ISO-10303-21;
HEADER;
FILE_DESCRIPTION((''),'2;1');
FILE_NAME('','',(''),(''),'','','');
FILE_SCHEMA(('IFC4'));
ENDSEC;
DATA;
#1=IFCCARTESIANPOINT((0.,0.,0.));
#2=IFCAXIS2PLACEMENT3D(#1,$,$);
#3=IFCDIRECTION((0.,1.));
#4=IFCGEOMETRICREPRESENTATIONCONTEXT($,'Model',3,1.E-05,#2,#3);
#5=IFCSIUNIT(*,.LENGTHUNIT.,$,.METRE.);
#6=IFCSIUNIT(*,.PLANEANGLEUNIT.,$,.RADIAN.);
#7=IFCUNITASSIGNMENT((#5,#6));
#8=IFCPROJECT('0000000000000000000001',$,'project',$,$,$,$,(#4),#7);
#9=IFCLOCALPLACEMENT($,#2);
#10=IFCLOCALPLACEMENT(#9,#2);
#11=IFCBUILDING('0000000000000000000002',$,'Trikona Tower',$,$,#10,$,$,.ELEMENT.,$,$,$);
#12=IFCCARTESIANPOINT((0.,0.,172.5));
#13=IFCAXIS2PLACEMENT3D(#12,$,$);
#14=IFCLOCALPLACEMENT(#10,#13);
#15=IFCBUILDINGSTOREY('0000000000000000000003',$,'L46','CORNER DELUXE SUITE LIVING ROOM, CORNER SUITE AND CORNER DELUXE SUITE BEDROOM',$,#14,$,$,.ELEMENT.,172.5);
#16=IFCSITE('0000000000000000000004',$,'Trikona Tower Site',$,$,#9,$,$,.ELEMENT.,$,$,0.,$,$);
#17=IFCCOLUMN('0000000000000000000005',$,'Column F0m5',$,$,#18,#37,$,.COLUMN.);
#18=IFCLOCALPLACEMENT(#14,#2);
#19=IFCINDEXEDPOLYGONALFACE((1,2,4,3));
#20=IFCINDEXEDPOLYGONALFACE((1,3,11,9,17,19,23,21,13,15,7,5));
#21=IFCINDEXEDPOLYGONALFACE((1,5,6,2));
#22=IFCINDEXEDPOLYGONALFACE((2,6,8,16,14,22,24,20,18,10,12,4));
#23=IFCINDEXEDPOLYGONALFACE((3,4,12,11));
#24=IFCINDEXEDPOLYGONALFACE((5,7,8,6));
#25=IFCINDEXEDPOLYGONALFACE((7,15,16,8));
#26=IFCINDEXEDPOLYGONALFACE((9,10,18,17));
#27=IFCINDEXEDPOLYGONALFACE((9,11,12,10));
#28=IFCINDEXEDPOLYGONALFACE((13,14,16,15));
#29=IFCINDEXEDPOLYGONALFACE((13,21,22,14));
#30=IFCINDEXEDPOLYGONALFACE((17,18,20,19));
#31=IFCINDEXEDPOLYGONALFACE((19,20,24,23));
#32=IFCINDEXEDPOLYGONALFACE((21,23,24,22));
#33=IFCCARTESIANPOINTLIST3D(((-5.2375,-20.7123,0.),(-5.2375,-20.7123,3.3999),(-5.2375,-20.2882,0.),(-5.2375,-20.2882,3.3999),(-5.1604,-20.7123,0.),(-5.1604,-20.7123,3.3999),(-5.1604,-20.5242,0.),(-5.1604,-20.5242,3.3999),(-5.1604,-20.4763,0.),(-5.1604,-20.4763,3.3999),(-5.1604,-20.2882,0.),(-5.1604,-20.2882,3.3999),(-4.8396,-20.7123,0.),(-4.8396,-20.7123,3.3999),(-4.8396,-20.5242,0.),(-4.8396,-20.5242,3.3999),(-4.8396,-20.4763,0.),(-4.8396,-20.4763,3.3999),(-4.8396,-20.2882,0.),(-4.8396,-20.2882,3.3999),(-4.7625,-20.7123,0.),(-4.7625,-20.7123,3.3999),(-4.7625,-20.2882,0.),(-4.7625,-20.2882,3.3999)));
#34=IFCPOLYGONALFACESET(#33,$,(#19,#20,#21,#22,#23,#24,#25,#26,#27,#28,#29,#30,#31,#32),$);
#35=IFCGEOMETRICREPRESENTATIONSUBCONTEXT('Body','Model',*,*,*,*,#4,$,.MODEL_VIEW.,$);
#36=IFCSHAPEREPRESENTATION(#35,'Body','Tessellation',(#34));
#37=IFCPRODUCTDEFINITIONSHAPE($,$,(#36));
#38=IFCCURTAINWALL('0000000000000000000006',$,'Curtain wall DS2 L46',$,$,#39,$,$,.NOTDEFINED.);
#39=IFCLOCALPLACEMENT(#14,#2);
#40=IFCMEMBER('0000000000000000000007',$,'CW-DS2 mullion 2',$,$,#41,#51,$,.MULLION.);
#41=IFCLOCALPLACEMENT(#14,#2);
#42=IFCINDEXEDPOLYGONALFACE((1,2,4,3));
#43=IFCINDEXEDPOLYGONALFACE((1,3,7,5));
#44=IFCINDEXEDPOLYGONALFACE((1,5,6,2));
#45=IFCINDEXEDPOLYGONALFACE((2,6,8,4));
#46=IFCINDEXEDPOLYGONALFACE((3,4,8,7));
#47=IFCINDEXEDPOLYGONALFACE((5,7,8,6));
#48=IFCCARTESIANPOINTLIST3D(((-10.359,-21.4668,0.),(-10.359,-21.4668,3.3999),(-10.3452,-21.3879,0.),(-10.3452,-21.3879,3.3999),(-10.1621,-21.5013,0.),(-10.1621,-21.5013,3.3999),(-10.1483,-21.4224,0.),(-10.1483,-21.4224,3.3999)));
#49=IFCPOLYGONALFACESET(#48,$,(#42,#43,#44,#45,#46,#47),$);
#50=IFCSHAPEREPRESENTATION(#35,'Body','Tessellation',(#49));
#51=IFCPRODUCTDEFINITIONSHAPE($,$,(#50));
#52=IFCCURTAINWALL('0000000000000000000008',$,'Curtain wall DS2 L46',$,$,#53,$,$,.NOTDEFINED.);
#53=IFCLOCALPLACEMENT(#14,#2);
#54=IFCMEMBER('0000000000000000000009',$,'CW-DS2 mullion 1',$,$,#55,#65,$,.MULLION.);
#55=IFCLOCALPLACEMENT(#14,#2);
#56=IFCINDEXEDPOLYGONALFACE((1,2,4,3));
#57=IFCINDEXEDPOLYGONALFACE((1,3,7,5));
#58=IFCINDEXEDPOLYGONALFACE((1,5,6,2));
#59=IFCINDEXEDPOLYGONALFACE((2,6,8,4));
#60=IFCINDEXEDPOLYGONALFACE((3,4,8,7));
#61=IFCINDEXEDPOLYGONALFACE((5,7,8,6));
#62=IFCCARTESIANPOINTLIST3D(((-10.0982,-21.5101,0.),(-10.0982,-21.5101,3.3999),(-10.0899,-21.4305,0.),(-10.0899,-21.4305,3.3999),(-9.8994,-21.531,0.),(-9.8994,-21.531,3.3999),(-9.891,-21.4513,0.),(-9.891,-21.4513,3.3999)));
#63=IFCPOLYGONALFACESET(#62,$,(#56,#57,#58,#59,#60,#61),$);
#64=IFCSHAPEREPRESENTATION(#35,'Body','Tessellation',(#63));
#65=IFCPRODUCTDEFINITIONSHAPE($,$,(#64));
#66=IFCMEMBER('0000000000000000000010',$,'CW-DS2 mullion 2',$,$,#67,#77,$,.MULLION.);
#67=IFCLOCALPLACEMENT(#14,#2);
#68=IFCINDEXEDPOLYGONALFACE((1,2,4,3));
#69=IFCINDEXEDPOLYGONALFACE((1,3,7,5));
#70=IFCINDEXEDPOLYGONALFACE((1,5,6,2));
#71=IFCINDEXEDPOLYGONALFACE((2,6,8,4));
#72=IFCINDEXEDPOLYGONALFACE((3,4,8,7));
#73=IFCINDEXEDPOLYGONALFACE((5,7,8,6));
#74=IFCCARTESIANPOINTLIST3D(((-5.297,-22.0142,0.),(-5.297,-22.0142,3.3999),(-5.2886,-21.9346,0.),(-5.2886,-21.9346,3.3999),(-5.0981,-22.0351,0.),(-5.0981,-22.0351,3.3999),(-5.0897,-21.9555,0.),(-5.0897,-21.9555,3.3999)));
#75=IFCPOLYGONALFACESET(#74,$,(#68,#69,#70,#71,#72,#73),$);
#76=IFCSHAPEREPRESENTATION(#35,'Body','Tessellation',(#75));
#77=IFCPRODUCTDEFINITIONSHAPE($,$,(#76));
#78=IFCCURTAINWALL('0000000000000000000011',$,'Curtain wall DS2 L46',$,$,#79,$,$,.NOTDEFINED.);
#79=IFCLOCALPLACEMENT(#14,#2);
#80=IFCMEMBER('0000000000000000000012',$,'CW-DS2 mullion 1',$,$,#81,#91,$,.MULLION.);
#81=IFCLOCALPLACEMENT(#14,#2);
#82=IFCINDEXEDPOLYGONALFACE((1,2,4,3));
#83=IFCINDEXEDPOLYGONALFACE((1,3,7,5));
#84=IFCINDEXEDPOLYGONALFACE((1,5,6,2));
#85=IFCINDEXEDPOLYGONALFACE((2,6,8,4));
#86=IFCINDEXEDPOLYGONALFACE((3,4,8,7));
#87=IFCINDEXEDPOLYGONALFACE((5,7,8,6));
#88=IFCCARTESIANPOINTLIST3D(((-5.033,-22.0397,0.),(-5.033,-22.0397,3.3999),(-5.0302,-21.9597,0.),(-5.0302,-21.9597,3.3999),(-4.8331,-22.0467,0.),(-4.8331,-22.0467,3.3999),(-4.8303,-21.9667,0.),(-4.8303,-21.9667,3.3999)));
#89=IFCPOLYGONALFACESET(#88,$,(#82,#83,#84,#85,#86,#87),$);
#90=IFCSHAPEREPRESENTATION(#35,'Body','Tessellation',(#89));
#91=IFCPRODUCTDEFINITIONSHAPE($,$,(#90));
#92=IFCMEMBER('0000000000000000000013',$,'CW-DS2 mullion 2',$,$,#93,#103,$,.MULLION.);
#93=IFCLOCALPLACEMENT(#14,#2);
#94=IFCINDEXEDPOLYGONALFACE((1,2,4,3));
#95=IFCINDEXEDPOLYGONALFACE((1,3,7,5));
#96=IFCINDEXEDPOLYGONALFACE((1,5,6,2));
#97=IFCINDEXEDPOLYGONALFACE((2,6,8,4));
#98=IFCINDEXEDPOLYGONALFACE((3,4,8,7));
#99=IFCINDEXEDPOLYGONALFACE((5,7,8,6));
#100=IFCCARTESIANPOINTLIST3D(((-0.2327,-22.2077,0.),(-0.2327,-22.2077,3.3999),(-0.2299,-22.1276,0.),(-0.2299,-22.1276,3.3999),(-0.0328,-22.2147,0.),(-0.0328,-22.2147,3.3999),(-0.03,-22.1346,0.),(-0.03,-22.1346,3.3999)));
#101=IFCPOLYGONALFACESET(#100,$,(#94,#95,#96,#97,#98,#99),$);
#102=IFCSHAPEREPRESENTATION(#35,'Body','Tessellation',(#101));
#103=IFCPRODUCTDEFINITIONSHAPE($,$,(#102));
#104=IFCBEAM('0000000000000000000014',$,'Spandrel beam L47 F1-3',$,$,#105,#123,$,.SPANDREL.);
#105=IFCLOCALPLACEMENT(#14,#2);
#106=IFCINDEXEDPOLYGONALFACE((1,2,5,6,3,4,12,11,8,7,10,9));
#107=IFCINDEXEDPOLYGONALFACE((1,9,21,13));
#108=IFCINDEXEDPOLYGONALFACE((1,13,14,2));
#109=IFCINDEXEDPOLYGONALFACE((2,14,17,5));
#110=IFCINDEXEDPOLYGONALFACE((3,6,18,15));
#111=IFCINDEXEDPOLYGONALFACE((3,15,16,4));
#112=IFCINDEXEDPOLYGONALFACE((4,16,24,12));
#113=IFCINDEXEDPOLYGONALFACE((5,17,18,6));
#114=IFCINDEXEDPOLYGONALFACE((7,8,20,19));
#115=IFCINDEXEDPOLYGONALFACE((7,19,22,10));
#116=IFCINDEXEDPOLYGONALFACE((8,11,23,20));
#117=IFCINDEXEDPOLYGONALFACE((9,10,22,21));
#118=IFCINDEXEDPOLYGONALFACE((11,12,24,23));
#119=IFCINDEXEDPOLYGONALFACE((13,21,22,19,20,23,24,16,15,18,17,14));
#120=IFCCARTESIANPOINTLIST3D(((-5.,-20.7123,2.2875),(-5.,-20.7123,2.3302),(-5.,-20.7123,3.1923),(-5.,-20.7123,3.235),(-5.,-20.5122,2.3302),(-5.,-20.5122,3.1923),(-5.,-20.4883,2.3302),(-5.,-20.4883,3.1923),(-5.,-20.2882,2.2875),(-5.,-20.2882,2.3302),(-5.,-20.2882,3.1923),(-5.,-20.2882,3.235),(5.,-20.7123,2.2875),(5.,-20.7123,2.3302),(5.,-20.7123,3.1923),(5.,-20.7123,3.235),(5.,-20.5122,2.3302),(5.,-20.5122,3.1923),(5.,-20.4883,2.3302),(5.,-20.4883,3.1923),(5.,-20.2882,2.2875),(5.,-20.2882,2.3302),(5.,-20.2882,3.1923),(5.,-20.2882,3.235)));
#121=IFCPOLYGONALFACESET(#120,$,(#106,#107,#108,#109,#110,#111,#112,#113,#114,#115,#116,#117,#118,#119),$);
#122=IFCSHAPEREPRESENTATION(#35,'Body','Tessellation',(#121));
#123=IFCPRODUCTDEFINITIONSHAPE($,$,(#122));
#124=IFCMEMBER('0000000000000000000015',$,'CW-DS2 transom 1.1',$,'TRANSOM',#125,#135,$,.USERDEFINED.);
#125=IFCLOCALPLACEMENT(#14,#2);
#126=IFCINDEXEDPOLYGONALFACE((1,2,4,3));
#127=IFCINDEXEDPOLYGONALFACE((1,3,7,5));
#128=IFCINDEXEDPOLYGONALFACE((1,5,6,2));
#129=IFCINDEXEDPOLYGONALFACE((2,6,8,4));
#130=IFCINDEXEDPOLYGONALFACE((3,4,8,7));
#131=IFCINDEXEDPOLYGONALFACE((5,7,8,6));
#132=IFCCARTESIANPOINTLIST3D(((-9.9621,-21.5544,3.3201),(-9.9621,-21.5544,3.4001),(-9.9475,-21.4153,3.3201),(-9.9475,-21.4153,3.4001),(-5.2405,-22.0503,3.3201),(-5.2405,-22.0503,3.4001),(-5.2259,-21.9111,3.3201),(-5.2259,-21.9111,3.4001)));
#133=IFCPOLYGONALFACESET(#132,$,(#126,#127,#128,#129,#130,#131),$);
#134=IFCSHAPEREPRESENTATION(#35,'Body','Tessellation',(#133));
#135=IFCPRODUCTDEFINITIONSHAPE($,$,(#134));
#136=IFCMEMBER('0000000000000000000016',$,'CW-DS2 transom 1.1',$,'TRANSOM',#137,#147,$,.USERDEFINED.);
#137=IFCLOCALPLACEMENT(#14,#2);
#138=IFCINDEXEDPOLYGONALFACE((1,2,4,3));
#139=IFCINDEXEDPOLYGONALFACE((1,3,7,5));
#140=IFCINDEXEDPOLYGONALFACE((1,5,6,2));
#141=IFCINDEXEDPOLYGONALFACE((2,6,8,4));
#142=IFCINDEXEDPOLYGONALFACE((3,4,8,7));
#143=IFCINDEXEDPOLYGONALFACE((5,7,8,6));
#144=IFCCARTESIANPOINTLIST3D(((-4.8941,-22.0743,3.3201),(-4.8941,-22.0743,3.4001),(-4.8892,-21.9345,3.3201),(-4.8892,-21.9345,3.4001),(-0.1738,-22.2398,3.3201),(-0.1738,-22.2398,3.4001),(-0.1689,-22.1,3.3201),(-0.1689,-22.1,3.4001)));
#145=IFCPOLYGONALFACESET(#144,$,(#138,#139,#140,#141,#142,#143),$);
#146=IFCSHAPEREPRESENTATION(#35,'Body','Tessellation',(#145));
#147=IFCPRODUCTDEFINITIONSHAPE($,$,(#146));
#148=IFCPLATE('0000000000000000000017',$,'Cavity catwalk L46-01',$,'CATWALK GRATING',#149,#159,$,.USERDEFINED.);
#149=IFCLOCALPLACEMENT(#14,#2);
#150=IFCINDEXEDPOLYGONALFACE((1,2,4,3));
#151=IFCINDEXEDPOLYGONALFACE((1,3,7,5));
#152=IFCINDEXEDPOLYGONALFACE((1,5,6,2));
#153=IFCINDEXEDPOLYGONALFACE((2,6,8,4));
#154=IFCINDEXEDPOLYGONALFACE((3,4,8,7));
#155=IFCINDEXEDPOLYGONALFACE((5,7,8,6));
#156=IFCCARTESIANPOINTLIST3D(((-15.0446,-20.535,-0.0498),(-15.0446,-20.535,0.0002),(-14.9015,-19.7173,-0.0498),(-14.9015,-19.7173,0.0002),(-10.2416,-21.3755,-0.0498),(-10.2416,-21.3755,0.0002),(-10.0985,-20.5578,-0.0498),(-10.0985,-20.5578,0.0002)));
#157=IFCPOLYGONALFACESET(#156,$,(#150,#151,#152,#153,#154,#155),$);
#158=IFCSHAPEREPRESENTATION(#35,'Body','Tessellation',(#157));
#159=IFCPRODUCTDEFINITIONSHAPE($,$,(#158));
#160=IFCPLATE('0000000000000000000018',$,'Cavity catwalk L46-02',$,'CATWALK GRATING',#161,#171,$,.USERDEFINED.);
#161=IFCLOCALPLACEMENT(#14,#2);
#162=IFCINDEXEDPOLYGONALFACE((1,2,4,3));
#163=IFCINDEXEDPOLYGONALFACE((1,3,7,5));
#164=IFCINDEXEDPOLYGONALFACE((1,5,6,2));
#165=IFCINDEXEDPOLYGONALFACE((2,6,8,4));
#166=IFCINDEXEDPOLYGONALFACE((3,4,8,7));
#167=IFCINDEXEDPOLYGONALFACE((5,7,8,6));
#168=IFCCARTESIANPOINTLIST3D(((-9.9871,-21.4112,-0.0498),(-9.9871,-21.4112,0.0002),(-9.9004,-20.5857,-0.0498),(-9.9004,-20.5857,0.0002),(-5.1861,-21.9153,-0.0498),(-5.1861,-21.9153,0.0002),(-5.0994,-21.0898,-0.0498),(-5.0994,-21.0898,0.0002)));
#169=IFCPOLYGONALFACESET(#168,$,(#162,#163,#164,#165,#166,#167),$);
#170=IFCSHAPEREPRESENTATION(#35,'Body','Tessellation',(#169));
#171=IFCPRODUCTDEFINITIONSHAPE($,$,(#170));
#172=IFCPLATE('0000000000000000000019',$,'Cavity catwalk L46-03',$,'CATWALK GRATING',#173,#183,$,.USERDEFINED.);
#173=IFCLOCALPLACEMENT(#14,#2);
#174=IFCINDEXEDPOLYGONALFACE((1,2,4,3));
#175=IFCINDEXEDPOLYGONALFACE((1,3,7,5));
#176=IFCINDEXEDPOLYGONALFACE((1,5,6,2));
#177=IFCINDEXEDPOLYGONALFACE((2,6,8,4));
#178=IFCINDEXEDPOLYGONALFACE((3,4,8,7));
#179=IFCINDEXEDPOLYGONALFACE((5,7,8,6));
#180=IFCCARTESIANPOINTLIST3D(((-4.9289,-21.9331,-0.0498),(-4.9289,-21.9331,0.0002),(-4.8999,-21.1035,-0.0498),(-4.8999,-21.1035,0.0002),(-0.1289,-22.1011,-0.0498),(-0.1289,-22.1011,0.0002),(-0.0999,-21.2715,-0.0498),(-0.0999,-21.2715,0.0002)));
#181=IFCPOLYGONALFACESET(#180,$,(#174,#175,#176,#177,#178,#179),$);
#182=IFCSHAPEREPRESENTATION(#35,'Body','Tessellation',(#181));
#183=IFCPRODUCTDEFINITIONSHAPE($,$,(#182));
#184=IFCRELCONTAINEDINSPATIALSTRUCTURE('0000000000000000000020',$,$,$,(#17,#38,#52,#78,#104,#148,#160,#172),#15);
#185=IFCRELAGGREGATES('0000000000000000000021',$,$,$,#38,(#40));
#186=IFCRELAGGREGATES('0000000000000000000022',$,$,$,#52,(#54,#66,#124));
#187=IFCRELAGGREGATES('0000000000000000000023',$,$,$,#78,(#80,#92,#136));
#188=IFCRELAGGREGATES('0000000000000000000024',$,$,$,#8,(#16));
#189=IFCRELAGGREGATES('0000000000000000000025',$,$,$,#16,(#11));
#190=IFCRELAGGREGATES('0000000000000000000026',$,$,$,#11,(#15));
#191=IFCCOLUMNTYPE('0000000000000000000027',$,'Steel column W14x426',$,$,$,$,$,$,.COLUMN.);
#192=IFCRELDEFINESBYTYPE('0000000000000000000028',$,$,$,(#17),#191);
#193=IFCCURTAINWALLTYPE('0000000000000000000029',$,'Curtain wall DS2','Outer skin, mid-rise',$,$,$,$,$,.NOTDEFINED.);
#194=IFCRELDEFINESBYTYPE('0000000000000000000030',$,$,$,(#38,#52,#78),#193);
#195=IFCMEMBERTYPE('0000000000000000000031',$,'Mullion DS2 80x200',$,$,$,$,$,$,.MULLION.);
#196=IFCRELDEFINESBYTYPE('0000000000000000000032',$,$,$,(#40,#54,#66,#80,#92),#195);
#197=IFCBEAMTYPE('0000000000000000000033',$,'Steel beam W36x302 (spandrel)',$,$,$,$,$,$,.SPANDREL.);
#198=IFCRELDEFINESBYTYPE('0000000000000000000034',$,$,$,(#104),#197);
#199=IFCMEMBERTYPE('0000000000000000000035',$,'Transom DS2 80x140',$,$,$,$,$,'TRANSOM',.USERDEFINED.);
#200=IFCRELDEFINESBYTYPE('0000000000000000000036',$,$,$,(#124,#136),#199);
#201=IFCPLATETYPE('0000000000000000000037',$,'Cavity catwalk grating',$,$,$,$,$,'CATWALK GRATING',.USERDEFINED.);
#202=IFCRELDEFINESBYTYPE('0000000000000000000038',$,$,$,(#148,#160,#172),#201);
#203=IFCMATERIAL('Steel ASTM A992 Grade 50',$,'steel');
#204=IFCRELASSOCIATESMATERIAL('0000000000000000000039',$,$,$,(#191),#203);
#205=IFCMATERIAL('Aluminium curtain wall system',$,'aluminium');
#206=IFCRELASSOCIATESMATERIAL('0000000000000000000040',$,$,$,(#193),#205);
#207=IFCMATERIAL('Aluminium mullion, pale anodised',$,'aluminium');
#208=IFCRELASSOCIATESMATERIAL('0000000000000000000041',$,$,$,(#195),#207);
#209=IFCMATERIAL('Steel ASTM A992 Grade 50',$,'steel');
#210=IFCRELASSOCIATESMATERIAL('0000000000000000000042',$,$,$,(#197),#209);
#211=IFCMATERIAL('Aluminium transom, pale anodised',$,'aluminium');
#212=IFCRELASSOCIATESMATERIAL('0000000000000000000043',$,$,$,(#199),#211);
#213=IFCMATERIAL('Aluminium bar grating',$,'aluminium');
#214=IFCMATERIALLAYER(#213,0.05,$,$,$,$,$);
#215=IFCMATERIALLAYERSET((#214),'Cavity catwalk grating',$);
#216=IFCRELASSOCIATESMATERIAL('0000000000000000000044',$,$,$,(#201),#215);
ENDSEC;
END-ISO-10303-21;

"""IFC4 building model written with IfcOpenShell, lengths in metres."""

from ifc_helpers import new_model, si_unit, direction, frame, origin, origin_2d, place, context, subcontext, project, spatial, rectangle, i_section, extrude, material, layer, layer_set, material_profile, profile_set, type_object, element, aggregate, save


model = new_model("IFC4")

# Units and contexts
model_context = context("Model", 3, precision=1e-05, world=origin(), true_north=direction((0.0, 1.0)))
body_context = subcontext(model_context, "Body", "Model", "MODEL_VIEW")
ifc_project = project(units=[si_unit("LENGTHUNIT", "METRE"), si_unit("PLANEANGLEUNIT", "RADIAN")], contexts=[model_context])

# Site, building, storey
site_placement = place(None, origin())
site = spatial("IfcSite", under=ifc_project, at=site_placement, Name="Trikona Tower Site", CompositionType="ELEMENT", RefElevation=0.0)
building_placement = place(site_placement, origin())
building = spatial("IfcBuilding", under=site, at=building_placement, Name="Trikona Tower", CompositionType="ELEMENT")
storey_placement = place(building_placement, frame((0.0, 0.0, 172.5)))
storey = spatial("IfcBuildingStorey", under=building, at=storey_placement, Name="L46", Description="CORNER DELUXE SUITE LIVING ROOM, CORNER SUITE AND CORNER DELUXE SUITE BEDROOM", CompositionType="ELEMENT", Elevation=172.5)

# Column
ifc_material_1 = material(Name="Steel ASTM A992 Grade 50", Category="steel")
ifc_material_profile_1 = material_profile(ifc_material_1, i_section(OverallWidth=0.4241, OverallDepth=0.4751, WebThickness=0.0479, FlangeThickness=0.0771, at=origin_2d()), Name="W14X426")
ifc_profile_set_1 = profile_set([ifc_material_profile_1], Name="Steel ASTM A992 Grade 50")
column_type = type_object("IfcColumnType", Name="Steel column W14x426", PredefinedType="COLUMN", material=ifc_profile_set_1)
column_placement = place(storey_placement, frame((-5.0, -20.5002, 0.0), z_axis=(0.0, 0.0, 1.0), x_axis=(0.0, -1.0, 0.0)))
element("IfcColumn", 1, at=column_placement, inside=storey, type_object=column_type, Name="Column F0m5", PredefinedType="COLUMN", context=body_context, shape_type="SweptSolid", body=[
    extrude(i_section(OverallWidth=0.4241, OverallDepth=0.4751, WebThickness=0.0479, FlangeThickness=0.0771, at=origin_2d()), origin(), (0.0, 0.0, 1.0), 3.3999),
])

# Curtain wall, member
ifc_material_2 = material(Name="Aluminium curtain wall system", Category="aluminium")
curtain_wall_type = type_object("IfcCurtainWallType", Name="Curtain wall DS2", Description="Outer skin, mid-rise", PredefinedType="NOTDEFINED", material=ifc_material_2)
curtain_wall_1_placement = place(storey_placement, origin())
curtain_wall_1 = element("IfcCurtainWall", 2, at=curtain_wall_1_placement, inside=storey, type_object=curtain_wall_type, Name="Curtain wall DS2 L46", PredefinedType="NOTDEFINED")
ifc_material_3 = material(Name="Aluminium mullion, pale anodised", Category="aluminium")
ifc_material_profile_2 = material_profile(ifc_material_3, rectangle(XDim=0.0801, YDim=0.2, at=origin_2d()), Name="MUL-DS2")
ifc_profile_set_2 = profile_set([ifc_material_profile_2], Name="Aluminium mullion, pale anodised")
member_type_1 = type_object("IfcMemberType", Name="Mullion DS2 80x200", PredefinedType="MULLION", material=ifc_profile_set_2)
member_1_placement = place(storey_placement, frame((-10.2537, -21.4446, 0.0), z_axis=(0.0, 0.0, 1.0), x_axis=(0.172377, 0.985031, 0.0)))
member_1 = element("IfcMember", 3, at=member_1_placement, type_object=member_type_1, Name="CW-DS2 mullion 2", PredefinedType="MULLION", context=body_context, shape_type="SweptSolid", body=[
    extrude(rectangle(XDim=0.0801, YDim=0.2, at=origin_2d()), origin(), (0.0, 0.0, 1.0), 3.3999),
])

# Curtain walls, members
curtain_wall_2_placement = place(storey_placement, origin())
curtain_wall_2 = element("IfcCurtainWall", 4, at=curtain_wall_2_placement, inside=storey, type_object=curtain_wall_type, Name="Curtain wall DS2 L46", PredefinedType="NOTDEFINED")
member_2_placement = place(storey_placement, frame((-9.9946, -21.4807, 0.0), z_axis=(0.0, 0.0, 1.0), x_axis=(0.104433, 0.994532, 0.0)))
member_2 = element("IfcMember", 5, at=member_2_placement, type_object=member_type_1, Name="CW-DS2 mullion 1", PredefinedType="MULLION", context=body_context, shape_type="SweptSolid", body=[
    extrude(rectangle(XDim=0.0801, YDim=0.2, at=origin_2d()), origin(), (0.0, 0.0, 1.0), 3.3999),
])
member_3_placement = place(storey_placement, frame((-5.1934, -21.9849, 0.0), z_axis=(0.0, 0.0, 1.0), x_axis=(0.104433, 0.994532, 0.0)))
member_3 = element("IfcMember", 6, at=member_3_placement, type_object=member_type_1, Name="CW-DS2 mullion 2", PredefinedType="MULLION", context=body_context, shape_type="SweptSolid", body=[
    extrude(rectangle(XDim=0.0801, YDim=0.2, at=origin_2d()), origin(), (0.0, 0.0, 1.0), 3.3999),
])
curtain_wall_3_placement = place(storey_placement, origin())
curtain_wall_3 = element("IfcCurtainWall", 7, at=curtain_wall_3_placement, inside=storey, type_object=curtain_wall_type, Name="Curtain wall DS2 L46", PredefinedType="NOTDEFINED")
member_4_placement = place(storey_placement, frame((-4.9316, -22.0032, 0.0), z_axis=(0.0, 0.0, 1.0), x_axis=(0.034998, 0.999387, 0.0)))
member_4 = element("IfcMember", 8, at=member_4_placement, type_object=member_type_1, Name="CW-DS2 mullion 1", PredefinedType="MULLION", context=body_context, shape_type="SweptSolid", body=[
    extrude(rectangle(XDim=0.0801, YDim=0.2, at=origin_2d()), origin(), (0.0, 0.0, 1.0), 3.3999),
])
member_5_placement = place(storey_placement, frame((-0.1313, -22.1711, 0.0), z_axis=(0.0, 0.0, 1.0), x_axis=(0.034998, 0.999387, 0.0)))
member_5 = element("IfcMember", 9, at=member_5_placement, type_object=member_type_1, Name="CW-DS2 mullion 2", PredefinedType="MULLION", context=body_context, shape_type="SweptSolid", body=[
    extrude(rectangle(XDim=0.0801, YDim=0.2, at=origin_2d()), origin(), (0.0, 0.0, 1.0), 3.3999),
])

# Beam
ifc_material_4 = material(Name="Steel ASTM A992 Grade 50", Category="steel")
ifc_material_profile_3 = material_profile(ifc_material_4, i_section(OverallWidth=0.4241, OverallDepth=0.9475, WebThickness=0.0239, FlangeThickness=0.0427, at=origin_2d()), Name="W36X302")
ifc_profile_set_3 = profile_set([ifc_material_profile_3], Name="Steel ASTM A992 Grade 50")
beam_type = type_object("IfcBeamType", Name="Steel beam W36x302 (spandrel)", PredefinedType="SPANDREL", material=ifc_profile_set_3)
beam_placement = place(storey_placement, frame((-5.0, -20.5002, 2.7612), z_axis=(1.0, 0.0, 0.0), x_axis=(0.0, 1.0, 0.0)))
element("IfcBeam", 10, at=beam_placement, inside=storey, type_object=beam_type, Name="Spandrel beam L47 F1-3", PredefinedType="SPANDREL", context=body_context, shape_type="SweptSolid", body=[
    extrude(i_section(OverallWidth=0.4241, OverallDepth=0.9475, WebThickness=0.0239, FlangeThickness=0.0427, at=origin_2d()), origin(), (0.0, 0.0, 1.0), 10.0),
])

# Members
ifc_material_5 = material(Name="Aluminium transom, pale anodised", Category="aluminium")
ifc_material_profile_4 = material_profile(ifc_material_5, rectangle(XDim=0.1399, YDim=0.0801, at=origin_2d()), Name="TRN-DS2")
ifc_profile_set_4 = profile_set([ifc_material_profile_4], Name="Aluminium transom, pale anodised")
member_type_2 = type_object("IfcMemberType", Name="Transom DS2 80x140", ElementType="TRANSOM", PredefinedType="USERDEFINED", material=ifc_profile_set_4)
member_6_placement = place(storey_placement, frame((-9.9548, -21.4849, 3.3601), z_axis=(0.994531, -0.104441, 0.0), x_axis=(0.104441, 0.994531, 0.0)))
member_6 = element("IfcMember", 11, at=member_6_placement, type_object=member_type_2, Name="CW-DS2 transom 1.1", ObjectType="TRANSOM", PredefinedType="USERDEFINED", context=body_context, shape_type="SweptSolid", body=[
    extrude(rectangle(XDim=0.1399, YDim=0.0801, at=origin_2d()), origin(), (0.0, 0.0, 1.0), 4.7476),
])
member_7_placement = place(storey_placement, frame((-4.8916, -22.0044, 3.3601), z_axis=(0.999386, -0.035046, 0.0), x_axis=(0.035046, 0.999386, 0.0)))
member_7 = element("IfcMember", 12, at=member_7_placement, type_object=member_type_2, Name="CW-DS2 transom 1.1", ObjectType="TRANSOM", PredefinedType="USERDEFINED", context=body_context, shape_type="SweptSolid", body=[
    extrude(rectangle(XDim=0.1399, YDim=0.0801, at=origin_2d()), origin(), (0.0, 0.0, 1.0), 4.7231),
])

# Plates
ifc_material_6 = material(Name="Aluminium bar grating", Category="aluminium")
ifc_layer_1 = layer(ifc_material_6, 0.05)
ifc_layer_set_1 = layer_set([ifc_layer_1], Name="Cavity catwalk grating")
plate_type_1 = type_object("IfcPlateType", Name="Cavity catwalk grating", ElementType="CATWALK GRATING", PredefinedType="USERDEFINED", material=ifc_layer_set_1)
plate_1_placement = place(storey_placement, frame((-12.5715, -20.5464, -0.0498), z_axis=(0.0, 0.0, 1.0), x_axis=(0.985031, -0.17238, 0.0)))
element("IfcPlate", 13, at=plate_1_placement, inside=storey, type_object=plate_type_1, Name="Cavity catwalk L46-01", ObjectType="CATWALK GRATING", PredefinedType="USERDEFINED", context=body_context, shape_type="SweptSolid", body=[
    extrude(rectangle(XDim=4.876, YDim=0.8301, at=origin_2d()), origin(), (0.0, 0.0, 1.0), 0.05),
])
plate_2_placement = place(storey_placement, frame((-7.5432, -21.2505, -0.0498), z_axis=(0.0, 0.0, 1.0), x_axis=(0.994533, -0.104426, 0.0)))
element("IfcPlate", 14, at=plate_2_placement, inside=storey, type_object=plate_type_1, Name="Cavity catwalk L46-02", ObjectType="CATWALK GRATING", PredefinedType="USERDEFINED", context=body_context, shape_type="SweptSolid", body=[
    extrude(rectangle(XDim=4.8274, YDim=0.8301, at=origin_2d()), origin(), (0.0, 0.0, 1.0), 0.05),
])
plate_3_placement = place(storey_placement, frame((-2.5144, -21.6023, -0.0498), z_axis=(0.0, 0.0, 1.0), x_axis=(0.999388, -0.034978, 0.0)))
element("IfcPlate", 15, at=plate_3_placement, inside=storey, type_object=plate_type_1, Name="Cavity catwalk L46-03", ObjectType="CATWALK GRATING", PredefinedType="USERDEFINED", context=body_context, shape_type="SweptSolid", body=[
    extrude(rectangle(XDim=4.803, YDim=0.8301, at=origin_2d()), origin(), (0.0, 0.0, 1.0), 0.05),
])

aggregate(curtain_wall_1, [member_1])
aggregate(curtain_wall_2, [member_2, member_3, member_6])
aggregate(curtain_wall_3, [member_4, member_5, member_7])

save(model, "model.ifc")
